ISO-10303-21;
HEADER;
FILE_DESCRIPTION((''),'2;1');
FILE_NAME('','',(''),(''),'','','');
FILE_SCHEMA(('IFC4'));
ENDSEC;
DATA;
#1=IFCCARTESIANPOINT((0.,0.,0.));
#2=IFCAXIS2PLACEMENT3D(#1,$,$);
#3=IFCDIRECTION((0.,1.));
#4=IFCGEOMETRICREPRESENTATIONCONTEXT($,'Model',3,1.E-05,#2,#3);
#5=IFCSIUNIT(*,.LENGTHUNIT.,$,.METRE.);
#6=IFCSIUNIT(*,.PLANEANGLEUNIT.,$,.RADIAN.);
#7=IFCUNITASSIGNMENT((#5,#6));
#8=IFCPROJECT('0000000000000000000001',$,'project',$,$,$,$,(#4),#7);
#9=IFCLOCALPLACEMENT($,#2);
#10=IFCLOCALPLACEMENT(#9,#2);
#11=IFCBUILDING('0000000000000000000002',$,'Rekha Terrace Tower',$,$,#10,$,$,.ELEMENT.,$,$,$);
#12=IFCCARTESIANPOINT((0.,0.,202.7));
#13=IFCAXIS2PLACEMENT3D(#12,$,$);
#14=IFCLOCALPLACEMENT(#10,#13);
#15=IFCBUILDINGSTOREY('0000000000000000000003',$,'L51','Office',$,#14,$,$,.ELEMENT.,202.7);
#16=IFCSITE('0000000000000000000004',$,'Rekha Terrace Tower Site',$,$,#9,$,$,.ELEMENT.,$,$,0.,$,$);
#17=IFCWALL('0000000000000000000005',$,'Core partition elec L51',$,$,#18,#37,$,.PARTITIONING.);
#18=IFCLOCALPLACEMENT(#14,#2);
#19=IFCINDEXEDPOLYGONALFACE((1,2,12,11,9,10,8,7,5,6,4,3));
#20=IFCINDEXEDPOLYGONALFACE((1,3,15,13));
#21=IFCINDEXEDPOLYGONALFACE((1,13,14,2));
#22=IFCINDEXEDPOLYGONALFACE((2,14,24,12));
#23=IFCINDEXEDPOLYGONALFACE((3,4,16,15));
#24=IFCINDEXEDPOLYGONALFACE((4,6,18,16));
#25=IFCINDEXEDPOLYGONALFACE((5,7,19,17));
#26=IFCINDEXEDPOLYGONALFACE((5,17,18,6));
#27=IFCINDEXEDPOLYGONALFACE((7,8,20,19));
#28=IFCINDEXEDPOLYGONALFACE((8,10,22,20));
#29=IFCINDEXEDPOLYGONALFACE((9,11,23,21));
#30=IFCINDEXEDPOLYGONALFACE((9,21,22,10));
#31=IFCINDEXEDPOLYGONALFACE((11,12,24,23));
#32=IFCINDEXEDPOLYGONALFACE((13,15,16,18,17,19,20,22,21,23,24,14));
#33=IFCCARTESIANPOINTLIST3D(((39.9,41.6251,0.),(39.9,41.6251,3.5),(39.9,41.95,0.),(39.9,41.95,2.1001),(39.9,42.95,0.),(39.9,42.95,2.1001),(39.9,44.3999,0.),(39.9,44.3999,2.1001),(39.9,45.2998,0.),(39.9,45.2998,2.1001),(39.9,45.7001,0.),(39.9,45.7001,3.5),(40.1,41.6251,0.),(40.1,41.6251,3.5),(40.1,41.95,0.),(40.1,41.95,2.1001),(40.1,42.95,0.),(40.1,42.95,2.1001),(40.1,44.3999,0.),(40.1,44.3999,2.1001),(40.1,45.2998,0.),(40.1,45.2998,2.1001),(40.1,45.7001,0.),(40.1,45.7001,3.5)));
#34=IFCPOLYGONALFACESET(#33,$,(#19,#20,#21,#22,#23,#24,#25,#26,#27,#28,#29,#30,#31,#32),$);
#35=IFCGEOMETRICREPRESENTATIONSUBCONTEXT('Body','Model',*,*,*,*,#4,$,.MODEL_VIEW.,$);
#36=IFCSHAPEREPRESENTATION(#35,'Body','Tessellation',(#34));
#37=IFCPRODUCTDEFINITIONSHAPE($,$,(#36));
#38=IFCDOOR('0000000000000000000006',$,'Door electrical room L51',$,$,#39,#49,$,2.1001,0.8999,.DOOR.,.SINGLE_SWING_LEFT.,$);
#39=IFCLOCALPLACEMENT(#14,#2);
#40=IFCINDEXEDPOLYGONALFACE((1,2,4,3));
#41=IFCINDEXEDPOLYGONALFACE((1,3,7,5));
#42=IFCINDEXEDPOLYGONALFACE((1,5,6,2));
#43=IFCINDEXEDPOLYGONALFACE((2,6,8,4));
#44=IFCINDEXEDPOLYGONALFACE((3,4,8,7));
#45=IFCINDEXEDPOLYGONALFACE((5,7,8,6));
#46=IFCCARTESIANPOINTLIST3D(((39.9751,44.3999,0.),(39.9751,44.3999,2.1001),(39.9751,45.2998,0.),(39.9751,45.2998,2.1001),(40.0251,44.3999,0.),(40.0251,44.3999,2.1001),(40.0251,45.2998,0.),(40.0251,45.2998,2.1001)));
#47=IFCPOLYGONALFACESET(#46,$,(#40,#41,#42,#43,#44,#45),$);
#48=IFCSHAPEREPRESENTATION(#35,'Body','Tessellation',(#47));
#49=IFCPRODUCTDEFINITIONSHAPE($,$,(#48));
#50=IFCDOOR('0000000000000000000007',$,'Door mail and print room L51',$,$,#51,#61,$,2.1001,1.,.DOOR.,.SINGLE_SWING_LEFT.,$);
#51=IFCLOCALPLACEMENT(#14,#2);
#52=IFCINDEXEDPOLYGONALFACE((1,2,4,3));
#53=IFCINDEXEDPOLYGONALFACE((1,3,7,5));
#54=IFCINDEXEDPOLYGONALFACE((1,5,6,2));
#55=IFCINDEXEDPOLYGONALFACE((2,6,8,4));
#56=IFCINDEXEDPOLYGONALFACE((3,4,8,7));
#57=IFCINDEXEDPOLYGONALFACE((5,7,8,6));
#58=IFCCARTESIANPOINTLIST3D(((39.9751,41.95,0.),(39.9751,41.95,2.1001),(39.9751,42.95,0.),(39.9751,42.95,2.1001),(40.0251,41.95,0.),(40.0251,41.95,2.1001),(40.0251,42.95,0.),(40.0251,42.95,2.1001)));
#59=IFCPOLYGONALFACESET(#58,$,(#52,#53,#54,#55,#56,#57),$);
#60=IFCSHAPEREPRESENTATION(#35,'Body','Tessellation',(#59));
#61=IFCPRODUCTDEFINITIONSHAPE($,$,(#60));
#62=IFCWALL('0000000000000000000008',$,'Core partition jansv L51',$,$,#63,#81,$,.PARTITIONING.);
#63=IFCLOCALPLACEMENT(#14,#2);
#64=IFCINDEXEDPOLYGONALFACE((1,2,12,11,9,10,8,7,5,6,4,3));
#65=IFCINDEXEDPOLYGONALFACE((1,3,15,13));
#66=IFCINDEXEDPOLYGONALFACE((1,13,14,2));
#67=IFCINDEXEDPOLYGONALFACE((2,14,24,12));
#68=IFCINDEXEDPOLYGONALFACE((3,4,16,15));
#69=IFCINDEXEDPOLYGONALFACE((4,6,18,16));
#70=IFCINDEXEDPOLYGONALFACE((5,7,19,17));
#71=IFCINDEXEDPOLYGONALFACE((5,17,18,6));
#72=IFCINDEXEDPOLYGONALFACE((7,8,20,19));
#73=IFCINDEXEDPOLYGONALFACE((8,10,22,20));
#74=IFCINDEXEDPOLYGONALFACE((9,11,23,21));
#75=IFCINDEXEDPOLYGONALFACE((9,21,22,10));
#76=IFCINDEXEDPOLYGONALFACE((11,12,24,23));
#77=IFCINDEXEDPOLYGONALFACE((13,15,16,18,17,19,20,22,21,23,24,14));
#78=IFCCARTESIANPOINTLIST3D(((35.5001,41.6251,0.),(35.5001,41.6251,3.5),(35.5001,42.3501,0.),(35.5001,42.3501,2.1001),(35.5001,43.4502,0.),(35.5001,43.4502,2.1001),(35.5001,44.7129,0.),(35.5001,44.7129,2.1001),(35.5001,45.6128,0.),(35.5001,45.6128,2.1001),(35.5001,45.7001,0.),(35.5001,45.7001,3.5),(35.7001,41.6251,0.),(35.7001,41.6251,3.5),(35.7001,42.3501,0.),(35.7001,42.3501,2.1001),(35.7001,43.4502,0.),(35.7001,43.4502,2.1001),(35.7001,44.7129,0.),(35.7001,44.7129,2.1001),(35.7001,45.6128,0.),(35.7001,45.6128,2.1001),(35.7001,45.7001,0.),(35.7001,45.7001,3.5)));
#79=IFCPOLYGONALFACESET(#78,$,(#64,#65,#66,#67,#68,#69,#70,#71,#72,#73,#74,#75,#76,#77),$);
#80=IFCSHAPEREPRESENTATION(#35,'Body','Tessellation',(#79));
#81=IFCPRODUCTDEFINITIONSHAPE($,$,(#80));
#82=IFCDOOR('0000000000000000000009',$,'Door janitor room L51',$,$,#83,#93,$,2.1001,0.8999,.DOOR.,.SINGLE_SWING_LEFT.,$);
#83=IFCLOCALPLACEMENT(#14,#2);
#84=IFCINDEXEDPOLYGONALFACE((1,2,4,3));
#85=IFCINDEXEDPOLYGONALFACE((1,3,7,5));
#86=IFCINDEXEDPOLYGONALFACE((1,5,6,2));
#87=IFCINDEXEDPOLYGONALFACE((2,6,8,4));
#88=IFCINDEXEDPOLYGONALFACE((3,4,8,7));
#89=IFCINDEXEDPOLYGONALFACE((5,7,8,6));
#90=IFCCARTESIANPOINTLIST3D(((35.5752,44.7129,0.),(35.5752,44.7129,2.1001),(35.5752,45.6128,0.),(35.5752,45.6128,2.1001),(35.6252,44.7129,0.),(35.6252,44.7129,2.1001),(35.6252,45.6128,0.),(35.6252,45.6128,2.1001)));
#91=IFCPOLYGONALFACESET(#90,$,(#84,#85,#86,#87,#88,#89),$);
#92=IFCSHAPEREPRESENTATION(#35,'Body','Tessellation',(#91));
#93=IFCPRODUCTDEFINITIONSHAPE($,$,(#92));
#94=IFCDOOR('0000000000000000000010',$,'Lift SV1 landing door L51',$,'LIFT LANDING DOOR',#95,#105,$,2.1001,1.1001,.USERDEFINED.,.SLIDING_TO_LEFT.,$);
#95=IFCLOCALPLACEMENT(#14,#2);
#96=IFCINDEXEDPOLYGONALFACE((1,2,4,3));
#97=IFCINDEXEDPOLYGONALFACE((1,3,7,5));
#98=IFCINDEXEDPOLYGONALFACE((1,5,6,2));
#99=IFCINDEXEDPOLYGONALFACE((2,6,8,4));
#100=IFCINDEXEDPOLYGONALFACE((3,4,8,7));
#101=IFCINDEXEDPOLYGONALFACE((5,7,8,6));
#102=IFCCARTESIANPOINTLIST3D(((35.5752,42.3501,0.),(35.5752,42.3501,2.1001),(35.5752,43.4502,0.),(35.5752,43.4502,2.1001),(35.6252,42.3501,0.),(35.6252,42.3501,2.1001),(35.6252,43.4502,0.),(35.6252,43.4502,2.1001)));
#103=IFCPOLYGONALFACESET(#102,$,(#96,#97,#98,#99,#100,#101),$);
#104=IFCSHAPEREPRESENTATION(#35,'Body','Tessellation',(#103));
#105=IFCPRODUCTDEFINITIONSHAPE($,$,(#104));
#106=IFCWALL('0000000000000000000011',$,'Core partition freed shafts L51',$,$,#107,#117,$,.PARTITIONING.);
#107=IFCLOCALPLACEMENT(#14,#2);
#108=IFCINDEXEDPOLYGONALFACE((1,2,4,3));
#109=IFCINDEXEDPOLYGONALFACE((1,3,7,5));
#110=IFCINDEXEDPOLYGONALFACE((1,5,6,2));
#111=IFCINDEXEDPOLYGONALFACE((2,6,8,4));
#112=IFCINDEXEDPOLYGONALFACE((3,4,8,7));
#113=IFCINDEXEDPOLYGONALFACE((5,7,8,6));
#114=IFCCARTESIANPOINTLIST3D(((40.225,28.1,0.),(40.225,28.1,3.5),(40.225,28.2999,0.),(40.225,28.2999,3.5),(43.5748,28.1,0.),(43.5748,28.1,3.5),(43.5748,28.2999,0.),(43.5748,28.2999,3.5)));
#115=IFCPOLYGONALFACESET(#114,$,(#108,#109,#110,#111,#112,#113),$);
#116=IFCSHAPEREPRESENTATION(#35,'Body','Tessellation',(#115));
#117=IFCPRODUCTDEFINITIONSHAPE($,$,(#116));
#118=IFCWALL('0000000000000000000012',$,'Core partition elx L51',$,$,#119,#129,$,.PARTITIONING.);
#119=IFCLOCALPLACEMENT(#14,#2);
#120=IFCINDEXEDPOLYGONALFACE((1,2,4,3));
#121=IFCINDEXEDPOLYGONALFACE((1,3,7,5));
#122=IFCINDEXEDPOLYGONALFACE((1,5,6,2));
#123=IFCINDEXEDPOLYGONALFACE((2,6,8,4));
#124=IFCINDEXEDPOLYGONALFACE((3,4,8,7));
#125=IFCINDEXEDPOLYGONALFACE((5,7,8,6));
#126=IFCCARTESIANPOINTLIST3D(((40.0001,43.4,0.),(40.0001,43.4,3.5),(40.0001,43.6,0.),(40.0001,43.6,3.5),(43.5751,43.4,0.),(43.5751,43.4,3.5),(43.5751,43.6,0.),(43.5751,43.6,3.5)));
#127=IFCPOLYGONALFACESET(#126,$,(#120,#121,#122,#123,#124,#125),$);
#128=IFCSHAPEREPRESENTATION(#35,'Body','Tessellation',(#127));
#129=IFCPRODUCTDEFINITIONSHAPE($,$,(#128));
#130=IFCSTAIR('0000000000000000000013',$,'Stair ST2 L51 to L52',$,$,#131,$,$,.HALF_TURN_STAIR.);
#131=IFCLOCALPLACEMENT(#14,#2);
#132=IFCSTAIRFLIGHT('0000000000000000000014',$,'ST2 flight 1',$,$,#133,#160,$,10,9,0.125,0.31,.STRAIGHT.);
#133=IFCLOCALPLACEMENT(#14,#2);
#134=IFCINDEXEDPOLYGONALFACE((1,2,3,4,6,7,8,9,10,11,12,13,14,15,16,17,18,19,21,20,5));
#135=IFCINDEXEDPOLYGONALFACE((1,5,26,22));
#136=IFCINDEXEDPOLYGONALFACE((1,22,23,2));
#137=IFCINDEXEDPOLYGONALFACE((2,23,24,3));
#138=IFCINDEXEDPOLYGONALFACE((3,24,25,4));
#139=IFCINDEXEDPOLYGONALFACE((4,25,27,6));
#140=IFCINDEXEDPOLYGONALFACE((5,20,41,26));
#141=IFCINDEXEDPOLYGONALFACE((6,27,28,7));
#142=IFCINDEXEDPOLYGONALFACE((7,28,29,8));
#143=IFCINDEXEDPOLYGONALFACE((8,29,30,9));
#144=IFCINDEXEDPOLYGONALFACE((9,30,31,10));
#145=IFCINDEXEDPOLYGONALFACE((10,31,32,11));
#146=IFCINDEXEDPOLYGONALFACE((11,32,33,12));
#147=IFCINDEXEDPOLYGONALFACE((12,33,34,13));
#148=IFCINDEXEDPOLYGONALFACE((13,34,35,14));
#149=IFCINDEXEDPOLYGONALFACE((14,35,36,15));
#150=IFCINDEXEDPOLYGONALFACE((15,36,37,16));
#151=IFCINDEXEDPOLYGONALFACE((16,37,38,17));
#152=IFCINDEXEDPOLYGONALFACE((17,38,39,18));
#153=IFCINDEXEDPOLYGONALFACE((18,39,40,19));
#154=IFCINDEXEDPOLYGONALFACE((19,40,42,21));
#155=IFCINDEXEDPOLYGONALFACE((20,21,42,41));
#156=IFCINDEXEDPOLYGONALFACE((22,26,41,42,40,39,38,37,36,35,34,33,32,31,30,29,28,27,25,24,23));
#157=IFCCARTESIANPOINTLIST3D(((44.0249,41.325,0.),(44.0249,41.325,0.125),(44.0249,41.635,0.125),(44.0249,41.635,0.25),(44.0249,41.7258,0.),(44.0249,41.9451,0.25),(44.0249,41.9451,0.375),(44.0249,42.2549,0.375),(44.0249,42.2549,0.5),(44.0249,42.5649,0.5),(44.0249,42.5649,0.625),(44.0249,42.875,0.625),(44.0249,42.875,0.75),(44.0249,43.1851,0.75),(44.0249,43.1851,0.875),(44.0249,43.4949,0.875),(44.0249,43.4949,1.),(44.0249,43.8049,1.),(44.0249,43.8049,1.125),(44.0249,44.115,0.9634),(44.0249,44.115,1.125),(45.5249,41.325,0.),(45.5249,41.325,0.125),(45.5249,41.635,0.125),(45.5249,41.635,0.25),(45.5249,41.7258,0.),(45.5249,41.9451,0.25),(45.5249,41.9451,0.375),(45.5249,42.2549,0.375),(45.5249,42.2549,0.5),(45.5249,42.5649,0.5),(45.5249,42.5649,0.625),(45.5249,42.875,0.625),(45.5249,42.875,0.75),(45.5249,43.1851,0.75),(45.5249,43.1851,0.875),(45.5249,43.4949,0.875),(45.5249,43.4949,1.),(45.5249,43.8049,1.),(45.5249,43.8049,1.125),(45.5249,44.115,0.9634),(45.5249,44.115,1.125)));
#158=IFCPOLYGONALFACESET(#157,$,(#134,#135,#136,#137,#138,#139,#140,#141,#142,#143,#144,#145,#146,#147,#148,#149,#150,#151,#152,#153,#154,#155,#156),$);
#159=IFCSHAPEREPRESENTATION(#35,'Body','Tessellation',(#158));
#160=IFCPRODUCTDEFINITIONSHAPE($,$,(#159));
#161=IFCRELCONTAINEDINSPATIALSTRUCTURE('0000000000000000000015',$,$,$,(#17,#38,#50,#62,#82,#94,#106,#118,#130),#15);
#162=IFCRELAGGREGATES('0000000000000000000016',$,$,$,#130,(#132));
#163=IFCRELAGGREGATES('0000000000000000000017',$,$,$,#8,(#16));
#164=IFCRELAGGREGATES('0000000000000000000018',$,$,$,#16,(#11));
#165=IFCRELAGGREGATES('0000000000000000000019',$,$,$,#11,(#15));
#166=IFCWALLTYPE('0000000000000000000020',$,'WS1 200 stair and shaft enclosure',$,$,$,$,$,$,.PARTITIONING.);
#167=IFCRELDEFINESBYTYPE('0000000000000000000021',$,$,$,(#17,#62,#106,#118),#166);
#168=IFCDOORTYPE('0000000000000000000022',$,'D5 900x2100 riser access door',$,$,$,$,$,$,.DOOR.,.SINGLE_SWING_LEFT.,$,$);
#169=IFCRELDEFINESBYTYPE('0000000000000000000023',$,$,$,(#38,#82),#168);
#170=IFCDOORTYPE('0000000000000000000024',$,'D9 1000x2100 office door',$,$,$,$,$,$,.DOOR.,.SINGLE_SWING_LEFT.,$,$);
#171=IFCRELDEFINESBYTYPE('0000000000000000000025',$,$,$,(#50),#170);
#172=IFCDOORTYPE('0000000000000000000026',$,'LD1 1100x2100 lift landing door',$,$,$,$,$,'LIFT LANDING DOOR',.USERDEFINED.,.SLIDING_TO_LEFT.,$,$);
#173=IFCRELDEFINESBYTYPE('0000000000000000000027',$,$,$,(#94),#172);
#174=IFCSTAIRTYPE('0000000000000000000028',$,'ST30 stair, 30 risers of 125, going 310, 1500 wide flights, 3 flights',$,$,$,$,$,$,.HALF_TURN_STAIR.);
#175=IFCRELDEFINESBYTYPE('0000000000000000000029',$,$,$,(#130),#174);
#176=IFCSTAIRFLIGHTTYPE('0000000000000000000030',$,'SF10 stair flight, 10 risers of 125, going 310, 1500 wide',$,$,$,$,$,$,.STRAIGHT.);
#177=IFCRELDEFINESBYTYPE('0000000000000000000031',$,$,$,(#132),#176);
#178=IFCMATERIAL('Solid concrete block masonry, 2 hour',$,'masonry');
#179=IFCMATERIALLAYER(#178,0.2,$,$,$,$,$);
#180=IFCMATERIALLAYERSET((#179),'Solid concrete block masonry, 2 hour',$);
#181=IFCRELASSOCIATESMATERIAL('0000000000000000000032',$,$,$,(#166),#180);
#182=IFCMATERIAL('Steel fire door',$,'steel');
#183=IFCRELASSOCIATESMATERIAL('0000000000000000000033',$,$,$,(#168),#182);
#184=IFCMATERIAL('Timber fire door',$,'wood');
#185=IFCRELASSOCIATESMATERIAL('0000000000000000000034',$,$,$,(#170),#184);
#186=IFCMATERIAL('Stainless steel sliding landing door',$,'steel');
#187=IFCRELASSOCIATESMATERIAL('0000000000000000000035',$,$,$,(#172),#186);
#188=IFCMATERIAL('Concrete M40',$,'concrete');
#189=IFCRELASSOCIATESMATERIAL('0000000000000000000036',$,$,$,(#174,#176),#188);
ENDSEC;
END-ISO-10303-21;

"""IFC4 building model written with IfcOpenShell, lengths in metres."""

from ifc_helpers import new_model, si_unit, direction, frame, frame_2d, origin, place, context, subcontext, project, spatial, polyline, rectangle, outline, extrude, material, layer, layer_set, type_object, element, fill, aggregate, save


model = new_model("IFC4")

# Units and contexts
model_context = context("Model", 3, precision=1e-05, world=origin(), true_north=direction((0.0, 1.0)))
body_context = subcontext(model_context, "Body", "Model", "MODEL_VIEW")
ifc_project = project(units=[si_unit("LENGTHUNIT", "METRE"), si_unit("PLANEANGLEUNIT", "RADIAN")], contexts=[model_context])

# Site, building, storey
site_placement = place(None, origin())
site = spatial("IfcSite", under=ifc_project, at=site_placement, Name="Rekha Terrace Tower Site", CompositionType="ELEMENT", RefElevation=0.0)
building_placement = place(site_placement, origin())
building = spatial("IfcBuilding", under=site, at=building_placement, Name="Rekha Terrace Tower", CompositionType="ELEMENT")
storey_placement = place(building_placement, frame((0.0, 0.0, 202.7)))
storey = spatial("IfcBuildingStorey", under=building, at=storey_placement, Name="L51", Description="Office", CompositionType="ELEMENT", Elevation=202.7)

# Shared definitions
ifc_material_1 = material(Name="Stainless steel sliding landing door", Category="steel")
ifc_material_2 = material(Name="Steel fire door", Category="steel")

# Shared definitions
ifc_material_3 = material(Name="Solid concrete block masonry, 2 hour", Category="masonry")
ifc_layer_1 = layer(ifc_material_3, 0.2)
ifc_layer_set_1 = layer_set([ifc_layer_1], Name="Solid concrete block masonry, 2 hour")
wall_type_1 = type_object("IfcWallType", Name="WS1 200 stair and shaft enclosure", PredefinedType="PARTITIONING", material=ifc_layer_set_1)

# Walls, openings, doors
wall_1_placement = place(storey_placement, frame((40.0, 41.625, 0.0), z_axis=(0.0, 0.0, 1.0), x_axis=(0.0, 1.0, 0.0)))
wall_1 = element("IfcWall", 1, at=wall_1_placement, inside=storey, type_object=wall_type_1, Name="Core partition elec L51", PredefinedType="PARTITIONING", context=body_context, shape_type="SweptSolid", body=[
    extrude(rectangle(XDim=4.075, YDim=0.2, at=frame_2d((2.0376, 0.0))), origin(), (0.0, 0.0, 1.0), 3.5),
])
opening_1_placement = place(wall_1_placement, frame((2.7749, 0.0, 0.0)))
opening_1 = element("IfcOpeningElement", 2, at=opening_1_placement, cuts=wall_1, PredefinedType="OPENING", context=body_context, shape_type="SweptSolid", body=[
    extrude(rectangle(XDim=0.8999, YDim=2.1001, at=frame_2d((0.45, 1.05))), frame((0.0, 0.1099, 0.0), z_axis=(0.0, -1.0, 0.0), x_axis=(1.0, 0.0, 0.0)), (0.0, 0.0, 1.0), 0.22),
])
opening_2_placement = place(wall_1_placement, frame((0.325, 0.0, 0.0)))
opening_2 = element("IfcOpeningElement", 3, at=opening_2_placement, cuts=wall_1, PredefinedType="OPENING", context=body_context, shape_type="SweptSolid", body=[
    extrude(rectangle(XDim=1.0, YDim=2.1001, at=frame_2d((0.5, 1.05))), frame((0.0, 0.1099, 0.0), z_axis=(0.0, -1.0, 0.0), x_axis=(1.0, 0.0, 0.0)), (0.0, 0.0, 1.0), 0.22),
])
door_type_1 = type_object("IfcDoorType", Name="D5 900x2100 riser access door", OperationType="SINGLE_SWING_LEFT", PredefinedType="DOOR", material=ifc_material_2)
door_1_placement = place(opening_1_placement, origin())
door_1 = element("IfcDoor", 4, at=door_1_placement, inside=storey, type_object=door_type_1, Name="Door electrical room L51", OperationType="SINGLE_SWING_LEFT", OverallHeight=2.1001, OverallWidth=0.8999, PredefinedType="DOOR", context=body_context, shape_type="SweptSolid", body=[
    extrude(rectangle(XDim=0.8999, YDim=2.1001, at=frame_2d((0.45, 1.05))), frame((0.0, 0.0249, 0.0), z_axis=(0.0, -1.0, 0.0), x_axis=(1.0, 0.0, 0.0)), (0.0, 0.0, 1.0), 0.05),
])
fill(opening_1, door_1)
ifc_material_4 = material(Name="Timber fire door", Category="wood")
door_type_2 = type_object("IfcDoorType", Name="D9 1000x2100 office door", OperationType="SINGLE_SWING_LEFT", PredefinedType="DOOR", material=ifc_material_4)
door_2_placement = place(opening_2_placement, origin())
door_2 = element("IfcDoor", 5, at=door_2_placement, inside=storey, type_object=door_type_2, Name="Door mail and print room L51", OperationType="SINGLE_SWING_LEFT", OverallHeight=2.1001, OverallWidth=1.0, PredefinedType="DOOR", context=body_context, shape_type="SweptSolid", body=[
    extrude(rectangle(XDim=1.0, YDim=2.1001, at=frame_2d((0.5, 1.05))), frame((0.0, 0.0249, 0.0), z_axis=(0.0, -1.0, 0.0), x_axis=(1.0, 0.0, 0.0)), (0.0, 0.0, 1.0), 0.05),
])
fill(opening_2, door_2)
wall_2_placement = place(storey_placement, frame((35.6001, 41.625, 0.0), z_axis=(0.0, 0.0, 1.0), x_axis=(0.0, 1.0, 0.0)))
wall_2 = element("IfcWall", 6, at=wall_2_placement, inside=storey, type_object=wall_type_1, Name="Core partition jansv L51", PredefinedType="PARTITIONING", context=body_context, shape_type="SweptSolid", body=[
    extrude(rectangle(XDim=4.075, YDim=0.2, at=frame_2d((2.0376, 0.0))), origin(), (0.0, 0.0, 1.0), 3.5),
])
opening_3_placement = place(wall_2_placement, frame((3.0879, 0.0, 0.0)))
opening_3 = element("IfcOpeningElement", 7, at=opening_3_placement, cuts=wall_2, PredefinedType="OPENING", context=body_context, shape_type="SweptSolid", body=[
    extrude(rectangle(XDim=0.8999, YDim=2.1001, at=frame_2d((0.45, 1.05))), frame((0.0, 0.1099, 0.0), z_axis=(0.0, -1.0, 0.0), x_axis=(1.0, 0.0, 0.0)), (0.0, 0.0, 1.0), 0.22),
])
opening_4_placement = place(wall_2_placement, frame((0.7251, 0.0, 0.0)))
opening_4 = element("IfcOpeningElement", 8, at=opening_4_placement, cuts=wall_2, PredefinedType="OPENING", context=body_context, shape_type="SweptSolid", body=[
    extrude(rectangle(XDim=1.1001, YDim=2.1001, at=frame_2d((0.55, 1.05))), frame((0.0, 0.1099, 0.0), z_axis=(0.0, -1.0, 0.0), x_axis=(1.0, 0.0, 0.0)), (0.0, 0.0, 1.0), 0.22),
])
door_3_placement = place(opening_3_placement, origin())
door_3 = element("IfcDoor", 9, at=door_3_placement, inside=storey, type_object=door_type_1, Name="Door janitor room L51", OperationType="SINGLE_SWING_LEFT", OverallHeight=2.1001, OverallWidth=0.8999, PredefinedType="DOOR", context=body_context, shape_type="SweptSolid", body=[
    extrude(rectangle(XDim=0.8999, YDim=2.1001, at=frame_2d((0.45, 1.05))), frame((0.0, 0.0249, 0.0), z_axis=(0.0, -1.0, 0.0), x_axis=(1.0, 0.0, 0.0)), (0.0, 0.0, 1.0), 0.05),
])
fill(opening_3, door_3)
door_type_3 = type_object("IfcDoorType", Name="LD1 1100x2100 lift landing door", ElementType="LIFT LANDING DOOR", OperationType="SLIDING_TO_LEFT", PredefinedType="USERDEFINED", material=ifc_material_1)
door_4_placement = place(opening_4_placement, origin())
door_4 = element("IfcDoor", 10, at=door_4_placement, inside=storey, type_object=door_type_3, Name="Lift SV1 landing door L51", ObjectType="LIFT LANDING DOOR", OperationType="SLIDING_TO_LEFT", OverallHeight=2.1001, OverallWidth=1.1001, PredefinedType="USERDEFINED", context=body_context, shape_type="SweptSolid", body=[
    extrude(rectangle(XDim=1.1001, YDim=2.1001, at=frame_2d((0.55, 1.05))), frame((0.0, 0.0249, 0.0), z_axis=(0.0, -1.0, 0.0), x_axis=(1.0, 0.0, 0.0)), (0.0, 0.0, 1.0), 0.05),
])
fill(opening_4, door_4)

# Walls
wall_3_placement = place(storey_placement, frame((40.2251, 28.2, 0.0), z_axis=(0.0, 0.0, 1.0), x_axis=(1.0, 0.0, 0.0)))
element("IfcWall", 11, at=wall_3_placement, inside=storey, type_object=wall_type_1, Name="Core partition freed shafts L51", PredefinedType="PARTITIONING", context=body_context, shape_type="SweptSolid", body=[
    extrude(rectangle(XDim=3.3499, YDim=0.2, at=frame_2d((1.6748, 0.0))), origin(), (0.0, 0.0, 1.0), 3.5),
])
wall_4_placement = place(storey_placement, frame((40.0, 43.5, 0.0), z_axis=(0.0, 0.0, 1.0), x_axis=(1.0, 0.0, 0.0)))
element("IfcWall", 12, at=wall_4_placement, inside=storey, type_object=wall_type_1, Name="Core partition elx L51", PredefinedType="PARTITIONING", context=body_context, shape_type="SweptSolid", body=[
    extrude(rectangle(XDim=3.575, YDim=0.2, at=frame_2d((1.7876, 0.0))), origin(), (0.0, 0.0, 1.0), 3.5),
])

# Stair, stair flight
ifc_material_5 = material(Name="Concrete M40", Category="concrete")
stair_type = type_object("IfcStairType", Name="ST30 stair, 30 risers of 125, going 310, 1500 wide flights, 3 flights", PredefinedType="HALF_TURN_STAIR", material=ifc_material_5)
stair_placement = place(storey_placement, origin())
stair = element("IfcStair", 13, at=stair_placement, inside=storey, type_object=stair_type, Name="Stair ST2 L51 to L52", PredefinedType="HALF_TURN_STAIR")
stair_flight_type = type_object("IfcStairFlightType", Name="SF10 stair flight, 10 risers of 125, going 310, 1500 wide", PredefinedType="STRAIGHT", material=ifc_material_5)
stair_flight_placement = place(storey_placement, frame((44.7749, 41.325, 0.0), z_axis=(0.0, 0.0, 1.0), x_axis=(0.0, 1.0, 0.0)))
stair_flight = element("IfcStairFlight", 14, at=stair_flight_placement, type_object=stair_flight_type, Name="ST2 flight 1", NumberOfRisers=10, NumberOfTreads=9, PredefinedType="STRAIGHT", RiserHeight=0.125, TreadLength=0.31, context=body_context, shape_type="SweptSolid", body=[
    extrude(outline(polyline([(0.0, 0.0), (0.0, 0.125), (0.3101, 0.125), (0.3101, 0.25), (0.6201, 0.25), (0.6201, 0.375), (0.9299, 0.375), (0.9299, 0.5), (1.24, 0.5), (1.24, 0.625), (1.55, 0.625), (1.55, 0.75), (1.8601, 0.75), (1.8601, 0.875), (2.1699, 0.875), (2.1699, 1.0), (2.48, 1.0), (2.48, 1.125), (2.79, 1.125), (2.79, 1.25), (2.79, 0.9634), (0.4009, 0.0), (0.0, 0.0)])), frame((0.0, 0.75, 0.0), z_axis=(0.0, -1.0, 0.0), x_axis=(1.0, 0.0, 0.0)), (0.0, 0.0, 1.0), 1.5),
])
aggregate(stair, [stair_flight])

save(model, "model.ifc")
